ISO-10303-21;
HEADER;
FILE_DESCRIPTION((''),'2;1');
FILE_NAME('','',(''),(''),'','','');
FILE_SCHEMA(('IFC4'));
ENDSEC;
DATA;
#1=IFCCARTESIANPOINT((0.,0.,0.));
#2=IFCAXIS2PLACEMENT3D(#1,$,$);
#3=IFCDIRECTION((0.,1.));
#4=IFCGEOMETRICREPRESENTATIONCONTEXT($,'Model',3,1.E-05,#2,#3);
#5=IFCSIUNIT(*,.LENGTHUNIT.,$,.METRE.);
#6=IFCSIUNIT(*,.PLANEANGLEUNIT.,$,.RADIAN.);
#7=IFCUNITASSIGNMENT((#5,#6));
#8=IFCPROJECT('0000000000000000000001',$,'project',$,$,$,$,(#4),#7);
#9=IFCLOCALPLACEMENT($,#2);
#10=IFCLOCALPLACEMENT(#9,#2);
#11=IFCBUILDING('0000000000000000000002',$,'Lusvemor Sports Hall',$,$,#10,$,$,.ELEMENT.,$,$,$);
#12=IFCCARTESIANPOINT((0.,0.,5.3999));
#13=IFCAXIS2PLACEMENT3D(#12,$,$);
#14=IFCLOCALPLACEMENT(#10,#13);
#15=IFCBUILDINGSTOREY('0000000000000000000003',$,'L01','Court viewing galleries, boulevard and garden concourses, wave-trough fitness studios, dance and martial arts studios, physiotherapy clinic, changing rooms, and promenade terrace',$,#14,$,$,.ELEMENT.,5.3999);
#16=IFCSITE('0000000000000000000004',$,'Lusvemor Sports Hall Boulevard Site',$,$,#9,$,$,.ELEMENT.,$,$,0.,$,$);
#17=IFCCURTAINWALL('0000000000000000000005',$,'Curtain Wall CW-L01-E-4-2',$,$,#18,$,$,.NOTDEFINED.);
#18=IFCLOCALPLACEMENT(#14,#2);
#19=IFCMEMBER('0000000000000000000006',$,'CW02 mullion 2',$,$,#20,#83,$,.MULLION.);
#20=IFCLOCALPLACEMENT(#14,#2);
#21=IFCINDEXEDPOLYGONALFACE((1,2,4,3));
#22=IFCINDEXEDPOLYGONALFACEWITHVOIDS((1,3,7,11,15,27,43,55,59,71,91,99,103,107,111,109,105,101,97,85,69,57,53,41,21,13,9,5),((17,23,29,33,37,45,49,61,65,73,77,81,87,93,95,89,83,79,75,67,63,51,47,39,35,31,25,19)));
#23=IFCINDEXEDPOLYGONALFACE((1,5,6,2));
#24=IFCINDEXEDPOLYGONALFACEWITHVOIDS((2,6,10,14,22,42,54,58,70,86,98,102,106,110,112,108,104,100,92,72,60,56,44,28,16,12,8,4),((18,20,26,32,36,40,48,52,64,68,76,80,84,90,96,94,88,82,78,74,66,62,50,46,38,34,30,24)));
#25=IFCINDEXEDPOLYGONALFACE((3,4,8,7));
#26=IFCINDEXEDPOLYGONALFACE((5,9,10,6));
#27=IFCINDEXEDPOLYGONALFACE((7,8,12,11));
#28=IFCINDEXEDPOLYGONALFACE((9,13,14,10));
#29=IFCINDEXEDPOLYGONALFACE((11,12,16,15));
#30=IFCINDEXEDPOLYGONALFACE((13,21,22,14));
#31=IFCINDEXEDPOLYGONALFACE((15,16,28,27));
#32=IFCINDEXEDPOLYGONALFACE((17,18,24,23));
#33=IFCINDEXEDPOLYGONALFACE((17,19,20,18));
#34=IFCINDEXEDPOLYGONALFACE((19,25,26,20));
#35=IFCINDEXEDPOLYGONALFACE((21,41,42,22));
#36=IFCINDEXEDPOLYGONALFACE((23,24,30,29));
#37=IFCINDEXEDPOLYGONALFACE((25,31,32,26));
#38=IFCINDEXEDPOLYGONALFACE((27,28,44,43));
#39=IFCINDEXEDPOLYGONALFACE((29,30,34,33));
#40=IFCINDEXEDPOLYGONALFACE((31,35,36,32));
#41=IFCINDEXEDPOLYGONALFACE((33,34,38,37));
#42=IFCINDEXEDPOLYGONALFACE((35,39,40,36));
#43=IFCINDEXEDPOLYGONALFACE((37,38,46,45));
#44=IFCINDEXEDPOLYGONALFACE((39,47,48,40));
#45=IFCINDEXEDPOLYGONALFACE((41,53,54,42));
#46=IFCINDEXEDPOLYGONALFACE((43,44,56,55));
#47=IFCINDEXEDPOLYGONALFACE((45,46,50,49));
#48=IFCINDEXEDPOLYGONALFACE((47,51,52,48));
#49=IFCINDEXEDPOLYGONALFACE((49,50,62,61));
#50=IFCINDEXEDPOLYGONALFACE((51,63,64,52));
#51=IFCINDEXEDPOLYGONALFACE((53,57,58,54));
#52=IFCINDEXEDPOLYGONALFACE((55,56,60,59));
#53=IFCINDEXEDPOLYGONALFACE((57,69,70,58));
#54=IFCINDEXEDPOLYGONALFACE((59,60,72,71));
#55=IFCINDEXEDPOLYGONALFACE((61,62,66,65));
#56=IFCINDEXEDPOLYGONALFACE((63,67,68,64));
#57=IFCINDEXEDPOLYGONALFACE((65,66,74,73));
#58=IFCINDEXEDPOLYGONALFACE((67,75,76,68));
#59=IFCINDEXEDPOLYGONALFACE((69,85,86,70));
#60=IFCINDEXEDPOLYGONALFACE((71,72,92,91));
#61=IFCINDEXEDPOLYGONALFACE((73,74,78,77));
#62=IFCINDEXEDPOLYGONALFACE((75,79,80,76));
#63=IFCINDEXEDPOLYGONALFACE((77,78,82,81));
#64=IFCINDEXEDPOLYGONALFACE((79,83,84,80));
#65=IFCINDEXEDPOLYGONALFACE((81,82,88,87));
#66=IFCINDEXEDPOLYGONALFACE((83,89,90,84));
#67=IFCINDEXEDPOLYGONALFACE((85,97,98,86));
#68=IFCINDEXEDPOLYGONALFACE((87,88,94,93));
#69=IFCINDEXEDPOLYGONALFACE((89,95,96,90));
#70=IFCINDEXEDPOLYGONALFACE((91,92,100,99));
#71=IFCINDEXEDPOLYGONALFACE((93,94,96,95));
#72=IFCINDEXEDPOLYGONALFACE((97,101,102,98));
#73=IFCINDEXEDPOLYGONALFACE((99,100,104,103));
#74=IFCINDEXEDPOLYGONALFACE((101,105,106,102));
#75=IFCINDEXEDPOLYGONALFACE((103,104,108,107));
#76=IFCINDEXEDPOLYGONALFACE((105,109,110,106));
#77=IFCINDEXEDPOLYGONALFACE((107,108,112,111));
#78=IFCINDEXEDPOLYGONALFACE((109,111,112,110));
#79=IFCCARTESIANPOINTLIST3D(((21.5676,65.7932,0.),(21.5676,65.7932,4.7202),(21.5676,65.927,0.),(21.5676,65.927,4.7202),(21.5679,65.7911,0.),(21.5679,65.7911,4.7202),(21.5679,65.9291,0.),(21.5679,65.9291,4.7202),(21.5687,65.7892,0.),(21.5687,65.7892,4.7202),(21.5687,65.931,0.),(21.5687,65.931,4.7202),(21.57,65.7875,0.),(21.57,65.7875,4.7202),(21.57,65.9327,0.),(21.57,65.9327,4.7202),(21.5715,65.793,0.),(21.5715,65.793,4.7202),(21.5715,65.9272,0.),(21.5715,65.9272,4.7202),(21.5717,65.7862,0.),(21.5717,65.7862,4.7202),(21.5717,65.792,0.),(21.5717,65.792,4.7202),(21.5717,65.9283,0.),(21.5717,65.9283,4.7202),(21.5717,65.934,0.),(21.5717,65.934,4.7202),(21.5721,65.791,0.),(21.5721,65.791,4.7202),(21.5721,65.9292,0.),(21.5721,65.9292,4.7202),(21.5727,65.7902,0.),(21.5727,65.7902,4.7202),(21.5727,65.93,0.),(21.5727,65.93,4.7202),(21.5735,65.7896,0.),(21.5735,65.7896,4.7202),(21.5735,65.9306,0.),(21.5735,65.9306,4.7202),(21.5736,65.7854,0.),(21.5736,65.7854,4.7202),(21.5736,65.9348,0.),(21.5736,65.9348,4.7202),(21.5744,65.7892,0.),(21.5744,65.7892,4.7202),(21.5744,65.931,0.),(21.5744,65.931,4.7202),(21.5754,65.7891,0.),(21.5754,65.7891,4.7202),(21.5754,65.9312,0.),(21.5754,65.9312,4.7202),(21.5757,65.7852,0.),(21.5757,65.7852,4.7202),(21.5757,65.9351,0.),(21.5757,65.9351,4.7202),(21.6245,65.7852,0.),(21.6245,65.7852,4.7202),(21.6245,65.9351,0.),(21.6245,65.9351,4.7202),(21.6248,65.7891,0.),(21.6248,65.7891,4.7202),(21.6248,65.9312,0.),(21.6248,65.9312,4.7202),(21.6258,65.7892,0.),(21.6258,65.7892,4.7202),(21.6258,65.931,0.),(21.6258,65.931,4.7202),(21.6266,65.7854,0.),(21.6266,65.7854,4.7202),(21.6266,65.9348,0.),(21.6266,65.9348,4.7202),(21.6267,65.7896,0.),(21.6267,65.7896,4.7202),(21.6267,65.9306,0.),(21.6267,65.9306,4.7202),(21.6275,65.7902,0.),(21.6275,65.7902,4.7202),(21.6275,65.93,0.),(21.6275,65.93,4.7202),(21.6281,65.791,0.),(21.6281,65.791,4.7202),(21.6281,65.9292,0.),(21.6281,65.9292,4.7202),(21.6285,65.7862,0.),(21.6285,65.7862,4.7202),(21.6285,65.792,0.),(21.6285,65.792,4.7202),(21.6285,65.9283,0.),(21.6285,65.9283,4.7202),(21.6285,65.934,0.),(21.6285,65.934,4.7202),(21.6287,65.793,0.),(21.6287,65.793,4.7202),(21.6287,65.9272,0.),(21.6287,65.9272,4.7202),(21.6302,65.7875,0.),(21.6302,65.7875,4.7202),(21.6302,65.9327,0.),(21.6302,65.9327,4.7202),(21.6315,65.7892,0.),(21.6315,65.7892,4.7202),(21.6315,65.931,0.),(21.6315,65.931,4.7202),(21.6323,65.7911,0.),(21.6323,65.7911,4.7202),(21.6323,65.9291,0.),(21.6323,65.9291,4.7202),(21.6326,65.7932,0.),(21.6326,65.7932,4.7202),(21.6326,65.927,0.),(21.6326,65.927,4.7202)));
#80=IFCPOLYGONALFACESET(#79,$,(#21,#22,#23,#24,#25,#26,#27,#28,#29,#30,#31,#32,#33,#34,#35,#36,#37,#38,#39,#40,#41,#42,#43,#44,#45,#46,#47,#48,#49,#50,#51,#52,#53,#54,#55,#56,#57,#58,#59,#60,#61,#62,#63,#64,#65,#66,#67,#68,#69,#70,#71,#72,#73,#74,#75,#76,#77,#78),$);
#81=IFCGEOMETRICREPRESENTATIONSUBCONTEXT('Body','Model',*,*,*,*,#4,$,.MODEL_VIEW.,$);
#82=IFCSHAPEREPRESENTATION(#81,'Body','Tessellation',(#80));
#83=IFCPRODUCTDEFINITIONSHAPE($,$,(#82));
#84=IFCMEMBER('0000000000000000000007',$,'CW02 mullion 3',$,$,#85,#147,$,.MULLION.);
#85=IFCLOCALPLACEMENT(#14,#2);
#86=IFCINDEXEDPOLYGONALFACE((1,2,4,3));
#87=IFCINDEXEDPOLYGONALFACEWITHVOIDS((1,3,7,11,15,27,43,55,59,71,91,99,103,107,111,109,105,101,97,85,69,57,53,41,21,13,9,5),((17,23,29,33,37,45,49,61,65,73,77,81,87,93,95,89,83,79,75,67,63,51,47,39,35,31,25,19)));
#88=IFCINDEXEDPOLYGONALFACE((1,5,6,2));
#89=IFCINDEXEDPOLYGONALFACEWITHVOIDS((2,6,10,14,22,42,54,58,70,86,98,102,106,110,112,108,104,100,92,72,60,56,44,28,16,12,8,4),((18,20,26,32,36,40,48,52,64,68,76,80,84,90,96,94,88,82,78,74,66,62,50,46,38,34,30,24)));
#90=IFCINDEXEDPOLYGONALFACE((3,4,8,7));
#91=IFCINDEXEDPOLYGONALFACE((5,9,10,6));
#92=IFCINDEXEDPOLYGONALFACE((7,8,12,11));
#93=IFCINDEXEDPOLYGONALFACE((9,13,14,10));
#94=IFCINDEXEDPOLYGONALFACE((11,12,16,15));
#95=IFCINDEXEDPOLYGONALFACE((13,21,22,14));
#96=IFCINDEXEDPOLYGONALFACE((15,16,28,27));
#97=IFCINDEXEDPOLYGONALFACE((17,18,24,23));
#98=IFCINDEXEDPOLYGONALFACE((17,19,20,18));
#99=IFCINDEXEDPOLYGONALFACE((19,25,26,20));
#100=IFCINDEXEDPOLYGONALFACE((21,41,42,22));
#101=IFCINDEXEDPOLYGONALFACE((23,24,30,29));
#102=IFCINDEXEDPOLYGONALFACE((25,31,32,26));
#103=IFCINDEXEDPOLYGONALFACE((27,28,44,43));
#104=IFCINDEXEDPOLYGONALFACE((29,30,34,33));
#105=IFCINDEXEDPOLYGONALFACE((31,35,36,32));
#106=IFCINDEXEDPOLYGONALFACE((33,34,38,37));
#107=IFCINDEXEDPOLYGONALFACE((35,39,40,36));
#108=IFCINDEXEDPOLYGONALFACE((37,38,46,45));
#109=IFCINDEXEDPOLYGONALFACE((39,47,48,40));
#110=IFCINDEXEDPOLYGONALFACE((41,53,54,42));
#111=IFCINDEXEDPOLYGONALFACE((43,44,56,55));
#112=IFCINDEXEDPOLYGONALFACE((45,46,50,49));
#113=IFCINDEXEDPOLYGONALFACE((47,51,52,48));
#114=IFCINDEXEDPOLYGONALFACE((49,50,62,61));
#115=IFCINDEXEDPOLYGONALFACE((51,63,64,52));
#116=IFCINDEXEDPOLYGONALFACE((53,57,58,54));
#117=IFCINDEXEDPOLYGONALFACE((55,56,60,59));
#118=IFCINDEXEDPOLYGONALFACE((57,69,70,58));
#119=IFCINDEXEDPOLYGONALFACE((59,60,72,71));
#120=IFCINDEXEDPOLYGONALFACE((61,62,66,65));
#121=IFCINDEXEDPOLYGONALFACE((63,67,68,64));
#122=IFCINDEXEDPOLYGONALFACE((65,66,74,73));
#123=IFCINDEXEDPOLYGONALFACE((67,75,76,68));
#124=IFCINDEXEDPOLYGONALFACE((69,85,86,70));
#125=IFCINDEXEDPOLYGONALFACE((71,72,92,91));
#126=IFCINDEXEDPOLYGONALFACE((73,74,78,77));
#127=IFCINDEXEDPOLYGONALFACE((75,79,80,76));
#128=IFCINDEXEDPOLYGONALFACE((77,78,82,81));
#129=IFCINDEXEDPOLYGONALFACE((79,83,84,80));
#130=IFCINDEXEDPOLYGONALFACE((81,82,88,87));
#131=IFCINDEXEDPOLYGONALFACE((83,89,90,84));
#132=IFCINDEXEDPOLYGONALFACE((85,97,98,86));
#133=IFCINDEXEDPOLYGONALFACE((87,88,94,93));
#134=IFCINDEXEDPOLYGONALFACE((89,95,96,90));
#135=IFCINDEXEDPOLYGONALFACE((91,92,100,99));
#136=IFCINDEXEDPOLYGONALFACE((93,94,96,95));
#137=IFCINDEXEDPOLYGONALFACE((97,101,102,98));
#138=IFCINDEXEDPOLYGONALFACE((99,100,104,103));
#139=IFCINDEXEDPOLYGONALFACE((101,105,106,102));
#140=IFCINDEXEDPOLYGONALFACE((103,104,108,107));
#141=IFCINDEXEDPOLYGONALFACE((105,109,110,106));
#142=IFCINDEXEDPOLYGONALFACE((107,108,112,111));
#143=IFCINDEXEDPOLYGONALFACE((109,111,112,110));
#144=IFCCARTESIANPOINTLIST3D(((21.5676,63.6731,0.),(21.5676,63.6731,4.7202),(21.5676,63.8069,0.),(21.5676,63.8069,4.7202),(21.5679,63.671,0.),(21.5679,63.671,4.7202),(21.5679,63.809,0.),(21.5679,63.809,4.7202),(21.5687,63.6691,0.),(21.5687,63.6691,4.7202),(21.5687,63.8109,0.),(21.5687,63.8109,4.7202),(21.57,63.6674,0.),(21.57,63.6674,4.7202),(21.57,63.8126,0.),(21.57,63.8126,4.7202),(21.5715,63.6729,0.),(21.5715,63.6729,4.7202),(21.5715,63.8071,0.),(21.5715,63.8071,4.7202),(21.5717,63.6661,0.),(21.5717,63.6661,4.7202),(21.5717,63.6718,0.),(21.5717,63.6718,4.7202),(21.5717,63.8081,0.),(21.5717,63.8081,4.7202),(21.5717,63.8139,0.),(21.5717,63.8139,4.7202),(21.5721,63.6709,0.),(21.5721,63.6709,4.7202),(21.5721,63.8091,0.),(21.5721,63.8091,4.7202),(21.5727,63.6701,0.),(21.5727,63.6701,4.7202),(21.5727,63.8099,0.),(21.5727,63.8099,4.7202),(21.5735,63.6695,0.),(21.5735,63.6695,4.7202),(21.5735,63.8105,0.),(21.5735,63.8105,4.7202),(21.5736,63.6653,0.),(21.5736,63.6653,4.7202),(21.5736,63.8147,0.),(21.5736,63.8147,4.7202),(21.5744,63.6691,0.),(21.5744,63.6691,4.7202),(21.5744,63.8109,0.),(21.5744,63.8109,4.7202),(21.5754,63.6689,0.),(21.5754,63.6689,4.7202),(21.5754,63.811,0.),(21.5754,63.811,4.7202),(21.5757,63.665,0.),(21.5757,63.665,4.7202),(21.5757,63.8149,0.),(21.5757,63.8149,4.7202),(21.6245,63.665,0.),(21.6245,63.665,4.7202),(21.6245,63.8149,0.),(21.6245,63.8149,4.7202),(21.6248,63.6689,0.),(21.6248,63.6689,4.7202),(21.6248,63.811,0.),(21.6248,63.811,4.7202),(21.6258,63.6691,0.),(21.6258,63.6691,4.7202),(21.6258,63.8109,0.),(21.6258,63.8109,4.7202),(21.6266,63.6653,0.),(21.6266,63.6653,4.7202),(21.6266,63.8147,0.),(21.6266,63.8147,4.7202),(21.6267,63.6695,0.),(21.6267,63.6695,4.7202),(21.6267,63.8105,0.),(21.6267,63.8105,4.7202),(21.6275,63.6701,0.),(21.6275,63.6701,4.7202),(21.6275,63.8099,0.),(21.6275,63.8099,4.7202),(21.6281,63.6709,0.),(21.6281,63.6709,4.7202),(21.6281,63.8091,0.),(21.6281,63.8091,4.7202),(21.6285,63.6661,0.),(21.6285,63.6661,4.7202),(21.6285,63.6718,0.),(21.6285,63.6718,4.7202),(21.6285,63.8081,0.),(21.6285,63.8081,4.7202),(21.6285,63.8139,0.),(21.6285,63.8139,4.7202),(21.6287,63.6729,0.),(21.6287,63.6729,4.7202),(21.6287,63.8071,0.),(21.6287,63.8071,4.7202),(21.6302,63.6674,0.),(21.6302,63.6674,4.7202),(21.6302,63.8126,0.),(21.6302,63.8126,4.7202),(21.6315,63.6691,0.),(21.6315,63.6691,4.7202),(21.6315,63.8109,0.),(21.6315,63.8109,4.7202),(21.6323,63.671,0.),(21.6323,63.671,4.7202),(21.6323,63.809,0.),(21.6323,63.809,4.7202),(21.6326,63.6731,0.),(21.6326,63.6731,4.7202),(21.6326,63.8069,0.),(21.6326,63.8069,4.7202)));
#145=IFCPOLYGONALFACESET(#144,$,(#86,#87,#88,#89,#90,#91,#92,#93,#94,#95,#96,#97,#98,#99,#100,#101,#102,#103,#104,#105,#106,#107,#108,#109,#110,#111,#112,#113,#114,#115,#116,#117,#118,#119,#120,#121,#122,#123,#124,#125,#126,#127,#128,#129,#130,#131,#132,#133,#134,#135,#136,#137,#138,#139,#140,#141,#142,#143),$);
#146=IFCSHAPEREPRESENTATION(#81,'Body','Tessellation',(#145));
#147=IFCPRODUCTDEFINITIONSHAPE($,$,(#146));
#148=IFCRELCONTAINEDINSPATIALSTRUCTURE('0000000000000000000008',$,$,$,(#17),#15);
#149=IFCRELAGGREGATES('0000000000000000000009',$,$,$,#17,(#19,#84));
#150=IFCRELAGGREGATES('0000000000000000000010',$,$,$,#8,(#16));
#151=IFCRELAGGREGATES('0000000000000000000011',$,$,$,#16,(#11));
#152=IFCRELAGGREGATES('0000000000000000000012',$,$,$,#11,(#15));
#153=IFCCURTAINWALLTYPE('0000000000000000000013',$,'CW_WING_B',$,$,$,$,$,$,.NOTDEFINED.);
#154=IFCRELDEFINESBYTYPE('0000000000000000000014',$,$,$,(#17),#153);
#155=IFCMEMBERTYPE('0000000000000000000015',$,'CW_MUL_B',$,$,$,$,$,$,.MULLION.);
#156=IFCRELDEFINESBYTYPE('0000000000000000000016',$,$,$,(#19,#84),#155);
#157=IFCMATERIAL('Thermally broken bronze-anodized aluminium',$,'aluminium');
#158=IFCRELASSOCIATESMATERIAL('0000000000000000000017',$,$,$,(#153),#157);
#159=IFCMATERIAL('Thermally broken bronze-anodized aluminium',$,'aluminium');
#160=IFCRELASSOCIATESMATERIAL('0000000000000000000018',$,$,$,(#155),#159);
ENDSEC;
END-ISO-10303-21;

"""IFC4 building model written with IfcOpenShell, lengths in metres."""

from ifc_helpers import new_model, si_unit, direction, frame, origin, origin_2d, place, context, subcontext, project, spatial, hollow_rectangle, extrude, material, material_profile, profile_set, type_object, element, aggregate, save


model = new_model("IFC4")

# Units and contexts
model_context = context("Model", 3, precision=1e-05, world=origin(), true_north=direction((0.0, 1.0)))
body_context = subcontext(model_context, "Body", "Model", "MODEL_VIEW")
ifc_project = project(units=[si_unit("LENGTHUNIT", "METRE"), si_unit("PLANEANGLEUNIT", "RADIAN")], contexts=[model_context])

# Site, building, storey
site_placement = place(None, origin())
site = spatial("IfcSite", under=ifc_project, at=site_placement, Name="Lusvemor Sports Hall Boulevard Site", CompositionType="ELEMENT", RefElevation=0.0)
building_placement = place(site_placement, origin())
building = spatial("IfcBuilding", under=site, at=building_placement, Name="Lusvemor Sports Hall", CompositionType="ELEMENT")
storey_placement = place(building_placement, frame((0.0, 0.0, 5.3999)))
storey = spatial("IfcBuildingStorey", under=building, at=storey_placement, Name="L01", Description="Court viewing galleries, boulevard and garden concourses, wave-trough fitness studios, dance and martial arts studios, physiotherapy clinic, changing rooms, and promenade terrace", CompositionType="ELEMENT", Elevation=5.3999)

# Curtain wall, members
ifc_material_1 = material(Name="Thermally broken bronze-anodized aluminium", Category="aluminium")
curtain_wall_type = type_object("IfcCurtainWallType", Name="CW_WING_B", PredefinedType="NOTDEFINED", material=ifc_material_1)
curtain_wall_placement = place(storey_placement, origin())
curtain_wall = element("IfcCurtainWall", 1, at=curtain_wall_placement, inside=storey, type_object=curtain_wall_type, Name="Curtain Wall CW-L01-E-4-2", PredefinedType="NOTDEFINED")
ifc_material_2 = material(Name="Thermally broken bronze-anodized aluminium", Category="aluminium")
ifc_material_profile_1 = material_profile(ifc_material_2, hollow_rectangle(XDim=0.0649, YDim=0.1499, WallThickness=0.0039, InnerFilletRadius=0.0039, OuterFilletRadius=0.0081, at=origin_2d()), Name="CWMUL150x65x4")
ifc_profile_set_1 = profile_set([ifc_material_profile_1], Name="Thermally broken bronze-anodized aluminium")
member_type_1 = type_object("IfcMemberType", Name="CW_MUL_B", PredefinedType="MULLION", material=ifc_profile_set_1)
member_1_placement = place(storey_placement, frame((21.6001, 65.8601, 0.0), z_axis=(0.0, 0.0, 1.0), x_axis=(1.0, 0.0, 0.0)))
member_1 = element("IfcMember", 2, at=member_1_placement, type_object=member_type_1, Name="CW02 mullion 2", PredefinedType="MULLION", context=body_context, shape_type="SweptSolid", body=[
    extrude(hollow_rectangle(XDim=0.0649, YDim=0.1499, WallThickness=0.0039, InnerFilletRadius=0.0039, OuterFilletRadius=0.0081, at=origin_2d()), origin(), (0.0, 0.0, 1.0), 4.7202),
])
member_2_placement = place(storey_placement, frame((21.6001, 63.74, 0.0), z_axis=(0.0, 0.0, 1.0), x_axis=(1.0, 0.0, 0.0)))
member_2 = element("IfcMember", 3, at=member_2_placement, type_object=member_type_1, Name="CW02 mullion 3", PredefinedType="MULLION", context=body_context, shape_type="SweptSolid", body=[
    extrude(hollow_rectangle(XDim=0.0649, YDim=0.1499, WallThickness=0.0039, InnerFilletRadius=0.0039, OuterFilletRadius=0.0081, at=origin_2d()), origin(), (0.0, 0.0, 1.0), 4.7202),
])

aggregate(curtain_wall, [member_1, member_2])

save(model, "model.ifc")
